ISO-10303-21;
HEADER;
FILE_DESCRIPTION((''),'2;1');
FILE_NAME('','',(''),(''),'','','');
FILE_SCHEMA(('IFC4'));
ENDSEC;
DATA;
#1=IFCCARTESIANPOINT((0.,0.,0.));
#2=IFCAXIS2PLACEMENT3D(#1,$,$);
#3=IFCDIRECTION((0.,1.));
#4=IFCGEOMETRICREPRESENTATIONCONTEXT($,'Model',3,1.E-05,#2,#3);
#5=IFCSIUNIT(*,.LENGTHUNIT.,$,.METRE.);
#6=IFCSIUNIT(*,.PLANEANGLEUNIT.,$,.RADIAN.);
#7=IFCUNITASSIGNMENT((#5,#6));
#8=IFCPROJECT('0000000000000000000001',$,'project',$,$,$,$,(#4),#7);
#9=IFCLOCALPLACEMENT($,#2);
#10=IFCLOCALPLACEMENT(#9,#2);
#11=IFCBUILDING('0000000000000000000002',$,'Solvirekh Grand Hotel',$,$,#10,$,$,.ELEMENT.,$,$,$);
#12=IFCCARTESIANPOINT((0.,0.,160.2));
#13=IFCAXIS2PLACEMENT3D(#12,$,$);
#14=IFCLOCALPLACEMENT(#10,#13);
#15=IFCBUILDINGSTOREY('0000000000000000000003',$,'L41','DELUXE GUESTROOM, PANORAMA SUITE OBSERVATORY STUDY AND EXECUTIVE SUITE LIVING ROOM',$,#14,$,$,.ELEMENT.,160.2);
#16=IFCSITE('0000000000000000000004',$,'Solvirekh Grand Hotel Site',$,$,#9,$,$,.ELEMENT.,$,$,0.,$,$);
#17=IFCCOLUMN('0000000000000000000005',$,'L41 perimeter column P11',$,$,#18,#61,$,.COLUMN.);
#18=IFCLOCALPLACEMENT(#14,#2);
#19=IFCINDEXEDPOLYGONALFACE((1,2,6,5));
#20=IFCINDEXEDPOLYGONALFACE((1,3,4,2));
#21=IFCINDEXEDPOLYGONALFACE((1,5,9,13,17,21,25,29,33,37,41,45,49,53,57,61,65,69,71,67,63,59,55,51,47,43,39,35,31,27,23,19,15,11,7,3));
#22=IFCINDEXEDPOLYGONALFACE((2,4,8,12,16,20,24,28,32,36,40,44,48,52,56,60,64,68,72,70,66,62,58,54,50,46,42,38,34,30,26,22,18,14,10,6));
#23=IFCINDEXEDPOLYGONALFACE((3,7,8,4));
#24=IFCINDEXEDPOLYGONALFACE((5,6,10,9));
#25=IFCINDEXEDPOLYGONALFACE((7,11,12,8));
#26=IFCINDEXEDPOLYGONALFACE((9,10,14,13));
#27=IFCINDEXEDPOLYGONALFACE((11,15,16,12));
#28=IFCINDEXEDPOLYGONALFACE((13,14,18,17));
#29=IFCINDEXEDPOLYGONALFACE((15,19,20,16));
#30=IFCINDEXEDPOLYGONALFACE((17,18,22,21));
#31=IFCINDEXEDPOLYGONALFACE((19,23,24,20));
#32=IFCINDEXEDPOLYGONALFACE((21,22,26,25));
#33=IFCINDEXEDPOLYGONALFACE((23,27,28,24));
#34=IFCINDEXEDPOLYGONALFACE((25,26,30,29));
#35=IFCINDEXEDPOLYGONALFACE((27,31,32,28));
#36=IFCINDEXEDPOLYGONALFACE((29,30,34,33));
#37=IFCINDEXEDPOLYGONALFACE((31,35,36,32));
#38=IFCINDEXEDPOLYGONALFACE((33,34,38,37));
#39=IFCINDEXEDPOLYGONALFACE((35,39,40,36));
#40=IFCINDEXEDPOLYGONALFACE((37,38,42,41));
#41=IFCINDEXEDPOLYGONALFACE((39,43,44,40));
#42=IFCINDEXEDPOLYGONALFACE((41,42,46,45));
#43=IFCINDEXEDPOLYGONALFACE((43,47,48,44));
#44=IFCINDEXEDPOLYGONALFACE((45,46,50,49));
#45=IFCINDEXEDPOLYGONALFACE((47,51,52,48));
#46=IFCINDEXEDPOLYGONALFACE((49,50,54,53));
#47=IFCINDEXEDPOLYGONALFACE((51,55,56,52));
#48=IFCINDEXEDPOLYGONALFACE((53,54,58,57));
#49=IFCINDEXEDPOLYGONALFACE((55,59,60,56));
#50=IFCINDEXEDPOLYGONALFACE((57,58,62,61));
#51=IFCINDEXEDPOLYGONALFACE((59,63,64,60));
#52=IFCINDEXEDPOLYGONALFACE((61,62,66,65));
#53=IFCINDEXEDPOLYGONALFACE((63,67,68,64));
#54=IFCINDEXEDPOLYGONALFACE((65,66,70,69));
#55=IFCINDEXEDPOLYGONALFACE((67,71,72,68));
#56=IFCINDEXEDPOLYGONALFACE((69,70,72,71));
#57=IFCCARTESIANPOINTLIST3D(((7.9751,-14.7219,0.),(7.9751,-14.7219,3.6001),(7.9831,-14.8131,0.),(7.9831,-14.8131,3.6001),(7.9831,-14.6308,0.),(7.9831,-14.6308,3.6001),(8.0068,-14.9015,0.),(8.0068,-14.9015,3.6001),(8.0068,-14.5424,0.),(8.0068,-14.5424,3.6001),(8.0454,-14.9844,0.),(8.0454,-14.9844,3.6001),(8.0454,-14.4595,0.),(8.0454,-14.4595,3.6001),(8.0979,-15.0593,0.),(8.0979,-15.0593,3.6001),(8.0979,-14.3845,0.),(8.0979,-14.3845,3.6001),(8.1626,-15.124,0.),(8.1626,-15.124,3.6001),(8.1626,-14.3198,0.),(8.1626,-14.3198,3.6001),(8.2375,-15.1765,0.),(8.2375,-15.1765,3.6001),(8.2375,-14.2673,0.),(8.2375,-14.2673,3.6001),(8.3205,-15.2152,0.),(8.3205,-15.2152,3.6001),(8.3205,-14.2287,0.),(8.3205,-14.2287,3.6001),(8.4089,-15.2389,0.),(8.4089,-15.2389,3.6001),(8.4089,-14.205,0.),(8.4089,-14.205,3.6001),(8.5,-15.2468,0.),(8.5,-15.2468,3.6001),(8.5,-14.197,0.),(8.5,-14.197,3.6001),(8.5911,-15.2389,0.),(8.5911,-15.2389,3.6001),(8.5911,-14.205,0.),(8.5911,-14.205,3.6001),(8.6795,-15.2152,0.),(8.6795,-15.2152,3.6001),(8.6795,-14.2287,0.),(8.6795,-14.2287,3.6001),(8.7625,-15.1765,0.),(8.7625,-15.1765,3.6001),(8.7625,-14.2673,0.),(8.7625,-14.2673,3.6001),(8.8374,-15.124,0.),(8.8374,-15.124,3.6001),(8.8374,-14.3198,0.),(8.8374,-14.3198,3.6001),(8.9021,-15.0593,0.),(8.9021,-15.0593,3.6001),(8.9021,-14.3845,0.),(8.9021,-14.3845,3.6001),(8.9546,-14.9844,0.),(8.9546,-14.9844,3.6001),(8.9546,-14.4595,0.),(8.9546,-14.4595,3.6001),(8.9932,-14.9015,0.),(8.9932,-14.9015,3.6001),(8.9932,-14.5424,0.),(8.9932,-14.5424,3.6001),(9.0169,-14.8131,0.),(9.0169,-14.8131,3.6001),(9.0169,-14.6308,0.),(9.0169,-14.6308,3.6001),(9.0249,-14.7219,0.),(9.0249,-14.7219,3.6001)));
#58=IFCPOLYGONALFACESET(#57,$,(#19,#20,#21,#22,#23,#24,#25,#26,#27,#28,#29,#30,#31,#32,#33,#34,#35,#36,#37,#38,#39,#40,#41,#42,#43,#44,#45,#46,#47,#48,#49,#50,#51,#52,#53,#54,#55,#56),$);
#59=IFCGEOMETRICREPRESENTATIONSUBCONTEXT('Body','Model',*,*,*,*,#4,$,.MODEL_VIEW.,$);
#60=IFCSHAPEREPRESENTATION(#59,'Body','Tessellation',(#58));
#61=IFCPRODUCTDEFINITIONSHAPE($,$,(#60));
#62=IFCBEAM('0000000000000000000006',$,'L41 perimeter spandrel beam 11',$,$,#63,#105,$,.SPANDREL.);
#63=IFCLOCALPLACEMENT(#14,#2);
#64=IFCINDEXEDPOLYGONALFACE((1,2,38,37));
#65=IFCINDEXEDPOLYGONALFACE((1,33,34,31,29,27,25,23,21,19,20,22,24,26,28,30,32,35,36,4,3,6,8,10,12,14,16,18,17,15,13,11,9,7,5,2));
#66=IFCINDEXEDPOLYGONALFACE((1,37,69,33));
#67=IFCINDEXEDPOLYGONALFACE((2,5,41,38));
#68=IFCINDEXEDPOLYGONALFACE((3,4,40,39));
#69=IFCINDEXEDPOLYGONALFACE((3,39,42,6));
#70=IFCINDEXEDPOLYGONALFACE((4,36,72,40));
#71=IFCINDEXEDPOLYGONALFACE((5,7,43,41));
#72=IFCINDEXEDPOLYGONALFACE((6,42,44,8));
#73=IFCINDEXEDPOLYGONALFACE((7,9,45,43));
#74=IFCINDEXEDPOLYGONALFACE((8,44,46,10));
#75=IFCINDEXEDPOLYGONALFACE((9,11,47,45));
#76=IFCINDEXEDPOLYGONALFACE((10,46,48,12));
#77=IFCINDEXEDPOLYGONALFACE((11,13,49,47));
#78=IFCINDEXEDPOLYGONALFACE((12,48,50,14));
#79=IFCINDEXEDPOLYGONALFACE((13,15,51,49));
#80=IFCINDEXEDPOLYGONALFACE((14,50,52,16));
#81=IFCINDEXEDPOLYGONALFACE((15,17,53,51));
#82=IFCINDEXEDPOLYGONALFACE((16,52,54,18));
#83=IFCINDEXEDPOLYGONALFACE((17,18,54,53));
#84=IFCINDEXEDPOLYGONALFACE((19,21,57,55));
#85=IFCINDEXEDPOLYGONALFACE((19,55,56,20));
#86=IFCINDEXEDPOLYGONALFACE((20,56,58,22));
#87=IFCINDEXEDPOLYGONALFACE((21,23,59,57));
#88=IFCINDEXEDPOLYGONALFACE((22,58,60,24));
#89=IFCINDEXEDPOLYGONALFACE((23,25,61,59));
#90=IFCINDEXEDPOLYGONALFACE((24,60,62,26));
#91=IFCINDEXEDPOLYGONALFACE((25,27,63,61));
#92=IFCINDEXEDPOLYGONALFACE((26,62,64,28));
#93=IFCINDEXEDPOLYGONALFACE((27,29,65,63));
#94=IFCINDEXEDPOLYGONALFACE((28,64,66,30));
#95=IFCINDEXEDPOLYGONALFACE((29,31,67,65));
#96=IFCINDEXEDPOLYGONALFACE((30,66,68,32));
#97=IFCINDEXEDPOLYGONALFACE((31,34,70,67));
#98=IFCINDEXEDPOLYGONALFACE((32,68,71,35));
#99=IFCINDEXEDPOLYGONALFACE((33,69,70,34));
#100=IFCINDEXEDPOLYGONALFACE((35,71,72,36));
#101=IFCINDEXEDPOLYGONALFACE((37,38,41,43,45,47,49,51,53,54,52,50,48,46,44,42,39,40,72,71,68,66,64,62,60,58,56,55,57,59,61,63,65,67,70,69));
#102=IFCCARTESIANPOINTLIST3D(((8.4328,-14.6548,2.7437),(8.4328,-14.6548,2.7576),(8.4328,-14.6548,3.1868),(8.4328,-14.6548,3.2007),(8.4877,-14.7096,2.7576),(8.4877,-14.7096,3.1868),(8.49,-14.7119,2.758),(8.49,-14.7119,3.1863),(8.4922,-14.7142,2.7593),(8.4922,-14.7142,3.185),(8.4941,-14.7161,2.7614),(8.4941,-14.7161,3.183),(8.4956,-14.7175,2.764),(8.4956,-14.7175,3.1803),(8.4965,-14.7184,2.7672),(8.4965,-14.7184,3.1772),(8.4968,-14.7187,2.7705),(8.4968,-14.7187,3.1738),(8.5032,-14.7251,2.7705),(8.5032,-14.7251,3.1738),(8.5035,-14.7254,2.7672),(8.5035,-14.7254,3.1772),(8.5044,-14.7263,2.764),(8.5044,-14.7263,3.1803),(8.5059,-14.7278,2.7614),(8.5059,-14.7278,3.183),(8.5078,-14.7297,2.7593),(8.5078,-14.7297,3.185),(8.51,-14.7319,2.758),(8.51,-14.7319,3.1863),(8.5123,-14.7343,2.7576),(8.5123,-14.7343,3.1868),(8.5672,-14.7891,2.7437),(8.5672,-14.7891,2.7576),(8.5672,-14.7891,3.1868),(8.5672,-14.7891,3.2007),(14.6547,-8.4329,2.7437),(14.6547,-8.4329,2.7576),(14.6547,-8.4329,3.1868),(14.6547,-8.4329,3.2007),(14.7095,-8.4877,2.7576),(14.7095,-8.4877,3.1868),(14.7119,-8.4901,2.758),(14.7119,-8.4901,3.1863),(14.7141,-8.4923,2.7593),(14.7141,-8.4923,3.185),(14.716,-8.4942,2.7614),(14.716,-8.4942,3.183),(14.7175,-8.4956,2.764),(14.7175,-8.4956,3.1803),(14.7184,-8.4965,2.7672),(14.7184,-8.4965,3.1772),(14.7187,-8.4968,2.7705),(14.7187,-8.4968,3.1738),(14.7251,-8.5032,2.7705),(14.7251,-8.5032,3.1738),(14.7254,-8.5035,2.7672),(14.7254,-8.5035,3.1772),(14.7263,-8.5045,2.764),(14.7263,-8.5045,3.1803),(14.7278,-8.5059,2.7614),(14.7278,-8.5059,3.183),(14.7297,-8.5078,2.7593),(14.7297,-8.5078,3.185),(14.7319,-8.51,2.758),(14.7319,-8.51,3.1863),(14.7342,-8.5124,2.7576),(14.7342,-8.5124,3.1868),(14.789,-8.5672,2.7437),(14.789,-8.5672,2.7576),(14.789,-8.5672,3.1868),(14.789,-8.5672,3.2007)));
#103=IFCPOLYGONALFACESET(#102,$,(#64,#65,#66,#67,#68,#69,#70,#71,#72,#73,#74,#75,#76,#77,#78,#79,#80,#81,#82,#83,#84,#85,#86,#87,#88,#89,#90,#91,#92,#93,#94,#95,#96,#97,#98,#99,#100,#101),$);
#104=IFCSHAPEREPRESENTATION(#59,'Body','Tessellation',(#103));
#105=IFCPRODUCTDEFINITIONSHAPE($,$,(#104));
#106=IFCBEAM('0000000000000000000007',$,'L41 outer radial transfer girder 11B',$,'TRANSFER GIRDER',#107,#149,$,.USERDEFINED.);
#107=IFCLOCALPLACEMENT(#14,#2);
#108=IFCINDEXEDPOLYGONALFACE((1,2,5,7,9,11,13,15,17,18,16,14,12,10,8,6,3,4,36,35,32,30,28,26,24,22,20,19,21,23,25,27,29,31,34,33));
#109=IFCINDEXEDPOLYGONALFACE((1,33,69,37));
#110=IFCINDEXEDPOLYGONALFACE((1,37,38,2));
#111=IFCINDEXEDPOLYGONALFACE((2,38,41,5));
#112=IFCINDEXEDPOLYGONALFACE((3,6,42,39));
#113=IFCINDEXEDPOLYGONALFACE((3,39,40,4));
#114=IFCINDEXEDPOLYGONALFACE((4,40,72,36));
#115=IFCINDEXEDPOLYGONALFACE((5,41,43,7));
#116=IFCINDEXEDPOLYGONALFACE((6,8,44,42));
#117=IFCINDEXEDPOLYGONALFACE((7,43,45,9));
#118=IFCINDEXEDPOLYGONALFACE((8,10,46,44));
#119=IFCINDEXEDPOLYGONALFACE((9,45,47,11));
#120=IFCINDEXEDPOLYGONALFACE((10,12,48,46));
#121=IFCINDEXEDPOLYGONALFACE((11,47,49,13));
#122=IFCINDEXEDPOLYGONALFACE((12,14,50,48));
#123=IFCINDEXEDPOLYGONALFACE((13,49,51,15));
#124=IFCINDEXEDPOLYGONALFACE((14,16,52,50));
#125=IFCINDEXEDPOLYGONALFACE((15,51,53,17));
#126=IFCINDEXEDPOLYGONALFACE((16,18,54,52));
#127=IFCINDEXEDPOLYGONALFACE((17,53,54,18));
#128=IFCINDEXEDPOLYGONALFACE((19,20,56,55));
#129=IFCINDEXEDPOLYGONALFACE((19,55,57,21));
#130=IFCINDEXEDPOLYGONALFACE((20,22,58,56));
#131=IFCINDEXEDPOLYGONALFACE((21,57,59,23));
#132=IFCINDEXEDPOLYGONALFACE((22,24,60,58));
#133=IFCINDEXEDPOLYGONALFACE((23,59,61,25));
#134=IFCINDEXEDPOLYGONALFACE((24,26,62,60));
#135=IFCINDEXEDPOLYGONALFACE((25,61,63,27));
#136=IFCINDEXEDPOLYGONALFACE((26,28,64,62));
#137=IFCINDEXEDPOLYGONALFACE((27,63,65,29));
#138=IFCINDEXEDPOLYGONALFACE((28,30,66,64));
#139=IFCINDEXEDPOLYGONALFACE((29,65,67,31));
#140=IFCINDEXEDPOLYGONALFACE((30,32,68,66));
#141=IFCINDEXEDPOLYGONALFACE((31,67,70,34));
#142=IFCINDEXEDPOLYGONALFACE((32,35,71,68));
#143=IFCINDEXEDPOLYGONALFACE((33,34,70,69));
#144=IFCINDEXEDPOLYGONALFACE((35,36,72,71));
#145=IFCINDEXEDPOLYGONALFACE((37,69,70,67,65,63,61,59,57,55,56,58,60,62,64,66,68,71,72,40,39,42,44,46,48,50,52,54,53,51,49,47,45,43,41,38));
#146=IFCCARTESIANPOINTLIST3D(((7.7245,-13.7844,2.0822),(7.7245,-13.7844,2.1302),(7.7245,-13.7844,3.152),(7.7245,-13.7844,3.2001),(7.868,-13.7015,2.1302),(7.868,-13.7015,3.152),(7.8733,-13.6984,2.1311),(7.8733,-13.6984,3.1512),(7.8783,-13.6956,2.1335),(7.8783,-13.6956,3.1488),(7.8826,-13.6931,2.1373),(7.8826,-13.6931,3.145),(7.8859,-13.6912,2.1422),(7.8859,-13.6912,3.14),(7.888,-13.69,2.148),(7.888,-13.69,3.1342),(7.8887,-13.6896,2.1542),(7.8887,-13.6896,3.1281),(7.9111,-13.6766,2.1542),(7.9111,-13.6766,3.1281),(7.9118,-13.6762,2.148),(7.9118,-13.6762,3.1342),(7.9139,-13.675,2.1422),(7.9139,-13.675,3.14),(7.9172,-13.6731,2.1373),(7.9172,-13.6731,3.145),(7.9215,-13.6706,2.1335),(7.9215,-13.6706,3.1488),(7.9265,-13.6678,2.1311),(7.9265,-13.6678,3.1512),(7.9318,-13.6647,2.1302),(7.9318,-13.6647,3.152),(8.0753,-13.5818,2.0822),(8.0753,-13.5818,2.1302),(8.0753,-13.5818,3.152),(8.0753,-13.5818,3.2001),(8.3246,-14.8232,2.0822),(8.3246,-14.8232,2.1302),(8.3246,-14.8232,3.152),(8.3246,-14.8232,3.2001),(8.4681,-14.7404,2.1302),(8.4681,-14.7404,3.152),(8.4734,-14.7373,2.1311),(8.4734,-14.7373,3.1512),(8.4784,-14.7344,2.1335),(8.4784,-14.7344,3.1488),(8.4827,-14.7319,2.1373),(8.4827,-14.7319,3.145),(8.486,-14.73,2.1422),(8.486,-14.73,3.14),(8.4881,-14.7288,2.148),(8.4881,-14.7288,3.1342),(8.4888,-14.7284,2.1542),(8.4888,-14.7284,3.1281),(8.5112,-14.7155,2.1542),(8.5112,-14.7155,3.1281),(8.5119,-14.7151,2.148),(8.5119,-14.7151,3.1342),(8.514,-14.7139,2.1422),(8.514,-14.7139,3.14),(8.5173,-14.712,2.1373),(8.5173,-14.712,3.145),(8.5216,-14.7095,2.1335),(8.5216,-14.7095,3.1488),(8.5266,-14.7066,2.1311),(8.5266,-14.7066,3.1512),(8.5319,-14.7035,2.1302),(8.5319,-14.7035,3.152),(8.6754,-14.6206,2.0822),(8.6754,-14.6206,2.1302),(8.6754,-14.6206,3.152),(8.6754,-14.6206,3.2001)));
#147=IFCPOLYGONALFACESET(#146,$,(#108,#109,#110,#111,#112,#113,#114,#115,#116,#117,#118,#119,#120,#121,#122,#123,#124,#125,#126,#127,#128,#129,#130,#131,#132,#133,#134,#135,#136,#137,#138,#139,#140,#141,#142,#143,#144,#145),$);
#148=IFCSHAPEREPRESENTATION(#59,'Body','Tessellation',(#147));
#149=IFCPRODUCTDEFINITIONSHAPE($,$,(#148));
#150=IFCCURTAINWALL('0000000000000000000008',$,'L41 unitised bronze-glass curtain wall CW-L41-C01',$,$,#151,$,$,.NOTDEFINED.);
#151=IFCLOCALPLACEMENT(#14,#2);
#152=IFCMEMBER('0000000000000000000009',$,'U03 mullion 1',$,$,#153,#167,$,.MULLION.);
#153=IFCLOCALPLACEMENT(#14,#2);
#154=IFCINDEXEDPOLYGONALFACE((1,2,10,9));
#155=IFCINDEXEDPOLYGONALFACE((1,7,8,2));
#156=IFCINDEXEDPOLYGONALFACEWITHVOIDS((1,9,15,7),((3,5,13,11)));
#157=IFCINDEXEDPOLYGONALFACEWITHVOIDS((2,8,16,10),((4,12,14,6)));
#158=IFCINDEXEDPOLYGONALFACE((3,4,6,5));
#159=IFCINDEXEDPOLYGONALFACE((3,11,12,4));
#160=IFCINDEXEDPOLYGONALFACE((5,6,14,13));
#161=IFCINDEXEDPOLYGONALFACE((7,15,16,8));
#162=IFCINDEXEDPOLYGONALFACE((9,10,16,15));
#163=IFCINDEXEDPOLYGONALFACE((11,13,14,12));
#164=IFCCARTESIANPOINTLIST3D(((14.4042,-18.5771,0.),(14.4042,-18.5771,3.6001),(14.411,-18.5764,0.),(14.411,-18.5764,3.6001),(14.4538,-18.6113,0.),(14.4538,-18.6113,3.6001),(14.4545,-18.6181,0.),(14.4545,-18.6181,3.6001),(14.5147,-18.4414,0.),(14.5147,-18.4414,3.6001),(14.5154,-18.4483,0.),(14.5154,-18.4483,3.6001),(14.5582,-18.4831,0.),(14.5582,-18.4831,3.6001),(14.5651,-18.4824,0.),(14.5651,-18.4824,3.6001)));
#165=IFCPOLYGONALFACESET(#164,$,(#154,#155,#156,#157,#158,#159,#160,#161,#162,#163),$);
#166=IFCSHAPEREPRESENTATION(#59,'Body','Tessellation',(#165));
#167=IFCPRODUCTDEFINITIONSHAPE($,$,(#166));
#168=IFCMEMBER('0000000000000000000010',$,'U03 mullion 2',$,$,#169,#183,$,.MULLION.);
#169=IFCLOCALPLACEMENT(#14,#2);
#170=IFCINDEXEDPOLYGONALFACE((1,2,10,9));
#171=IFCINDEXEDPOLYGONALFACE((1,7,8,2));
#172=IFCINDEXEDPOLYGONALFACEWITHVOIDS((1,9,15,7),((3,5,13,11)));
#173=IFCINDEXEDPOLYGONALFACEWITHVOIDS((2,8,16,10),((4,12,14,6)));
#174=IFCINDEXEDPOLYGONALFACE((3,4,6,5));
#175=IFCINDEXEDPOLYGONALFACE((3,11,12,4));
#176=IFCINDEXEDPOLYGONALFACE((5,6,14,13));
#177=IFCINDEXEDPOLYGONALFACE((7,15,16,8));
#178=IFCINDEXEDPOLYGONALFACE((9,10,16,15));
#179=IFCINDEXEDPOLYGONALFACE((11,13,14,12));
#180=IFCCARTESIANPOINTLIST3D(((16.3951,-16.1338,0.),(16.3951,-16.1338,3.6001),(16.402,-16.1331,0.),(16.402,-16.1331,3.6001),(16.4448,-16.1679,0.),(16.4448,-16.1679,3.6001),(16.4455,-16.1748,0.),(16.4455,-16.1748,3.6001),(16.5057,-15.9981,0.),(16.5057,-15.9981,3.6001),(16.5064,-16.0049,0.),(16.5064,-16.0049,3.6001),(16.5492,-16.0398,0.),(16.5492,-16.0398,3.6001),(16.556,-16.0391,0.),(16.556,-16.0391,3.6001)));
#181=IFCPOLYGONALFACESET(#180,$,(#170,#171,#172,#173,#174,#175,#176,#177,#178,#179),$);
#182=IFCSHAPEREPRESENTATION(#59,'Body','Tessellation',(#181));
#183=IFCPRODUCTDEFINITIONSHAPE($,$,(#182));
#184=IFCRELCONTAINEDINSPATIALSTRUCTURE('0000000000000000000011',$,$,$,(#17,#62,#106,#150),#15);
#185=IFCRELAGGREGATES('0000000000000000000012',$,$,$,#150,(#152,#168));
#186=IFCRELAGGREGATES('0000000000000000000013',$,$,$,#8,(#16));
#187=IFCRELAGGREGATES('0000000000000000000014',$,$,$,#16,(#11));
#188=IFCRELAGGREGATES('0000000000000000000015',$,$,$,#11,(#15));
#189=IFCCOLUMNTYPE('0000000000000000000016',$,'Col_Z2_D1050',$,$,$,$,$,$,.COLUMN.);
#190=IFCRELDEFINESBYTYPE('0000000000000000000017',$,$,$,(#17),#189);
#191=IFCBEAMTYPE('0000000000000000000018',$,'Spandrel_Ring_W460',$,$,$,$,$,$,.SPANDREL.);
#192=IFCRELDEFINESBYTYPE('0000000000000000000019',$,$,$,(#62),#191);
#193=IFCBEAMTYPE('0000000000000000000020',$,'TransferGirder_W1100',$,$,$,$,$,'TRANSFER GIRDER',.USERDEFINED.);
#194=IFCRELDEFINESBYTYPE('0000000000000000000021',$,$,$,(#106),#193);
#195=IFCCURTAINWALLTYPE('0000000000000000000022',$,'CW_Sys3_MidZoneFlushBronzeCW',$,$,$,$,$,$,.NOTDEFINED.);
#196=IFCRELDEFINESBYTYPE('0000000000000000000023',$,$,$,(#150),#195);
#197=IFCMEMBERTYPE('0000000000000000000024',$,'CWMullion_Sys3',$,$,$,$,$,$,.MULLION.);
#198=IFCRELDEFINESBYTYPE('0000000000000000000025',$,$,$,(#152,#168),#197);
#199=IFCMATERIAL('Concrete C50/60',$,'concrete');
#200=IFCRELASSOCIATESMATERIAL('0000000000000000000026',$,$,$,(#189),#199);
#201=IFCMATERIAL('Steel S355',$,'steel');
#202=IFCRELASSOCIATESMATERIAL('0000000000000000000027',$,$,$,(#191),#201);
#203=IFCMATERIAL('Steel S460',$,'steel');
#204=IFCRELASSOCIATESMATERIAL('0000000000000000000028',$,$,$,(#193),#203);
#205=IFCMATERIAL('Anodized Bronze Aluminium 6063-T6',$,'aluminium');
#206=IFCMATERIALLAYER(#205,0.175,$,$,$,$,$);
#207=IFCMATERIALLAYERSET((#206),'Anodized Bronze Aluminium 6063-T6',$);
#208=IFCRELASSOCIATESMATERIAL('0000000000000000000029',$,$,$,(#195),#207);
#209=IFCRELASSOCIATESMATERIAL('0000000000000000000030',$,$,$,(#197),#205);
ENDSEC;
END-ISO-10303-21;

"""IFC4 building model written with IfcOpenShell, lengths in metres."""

from ifc_helpers import new_model, si_unit, direction, frame, origin, origin_2d, place, context, subcontext, project, spatial, hollow_rectangle, circle, i_section, extrude, source, transform, mapped, material, layer, layer_set, material_profile, profile_set, type_object, element, aggregate, save


model = new_model("IFC4")

# Units and contexts
model_context = context("Model", 3, precision=1e-05, world=origin(), true_north=direction((0.0, 1.0)))
body_context = subcontext(model_context, "Body", "Model", "MODEL_VIEW")
ifc_project = project(units=[si_unit("LENGTHUNIT", "METRE"), si_unit("PLANEANGLEUNIT", "RADIAN")], contexts=[model_context])

# Site, building, storey
site_placement = place(None, origin())
site = spatial("IfcSite", under=ifc_project, at=site_placement, Name="Solvirekh Grand Hotel Site", CompositionType="ELEMENT", RefElevation=0.0)
building_placement = place(site_placement, origin())
building = spatial("IfcBuilding", under=site, at=building_placement, Name="Solvirekh Grand Hotel", CompositionType="ELEMENT")
storey_placement = place(building_placement, frame((0.0, 0.0, 160.2)))
storey = spatial("IfcBuildingStorey", under=building, at=storey_placement, Name="L41", Description="DELUXE GUESTROOM, PANORAMA SUITE OBSERVATORY STUDY AND EXECUTIVE SUITE LIVING ROOM", CompositionType="ELEMENT", Elevation=160.2)

# Column
ifc_material_1 = material(Name="Concrete C50/60", Category="concrete")
ifc_material_profile_1 = material_profile(ifc_material_1, circle(Radius=0.5249, at=origin_2d()), Name="RC CIRC D1050")
ifc_profile_set_1 = profile_set([ifc_material_profile_1], Name="Concrete C50/60")
column_type = type_object("IfcColumnType", Name="Col_Z2_D1050", PredefinedType="COLUMN", material=ifc_profile_set_1)
column_placement = place(storey_placement, frame((8.5, -14.7219, 0.0), z_axis=(0.0, 0.0, 1.0), x_axis=(1.0, 0.0, 0.0)))
element("IfcColumn", 1, at=column_placement, inside=storey, type_object=column_type, Name="L41 perimeter column P11", PredefinedType="COLUMN", context=body_context, shape_type="SweptSolid", body=[
    extrude(circle(Radius=0.5249, at=origin_2d()), origin(), (0.0, 0.0, 1.0), 3.6001),
])

# Beams
ifc_material_2 = material(Name="Steel S355", Category="steel")
ifc_material_profile_2 = material_profile(ifc_material_2, i_section(OverallWidth=0.1899, OverallDepth=0.457, WebThickness=0.009, FlangeThickness=0.0139, FilletRadius=0.0129, at=origin_2d()), Name="W460X74")
ifc_profile_set_2 = profile_set([ifc_material_profile_2], Name="Steel S355")
beam_type_1 = type_object("IfcBeamType", Name="Spandrel_Ring_W460", PredefinedType="SPANDREL", material=ifc_profile_set_2)
beam_1_placement = place(storey_placement, frame((8.5, -14.7219, 2.9722), z_axis=(0.707107, 0.707107, 0.0), x_axis=(-0.707107, 0.707107, 0.0)))
element("IfcBeam", 2, at=beam_1_placement, inside=storey, type_object=beam_type_1, Name="L41 perimeter spandrel beam 11", PredefinedType="SPANDREL", context=body_context, shape_type="SweptSolid", body=[
    extrude(i_section(OverallWidth=0.1899, OverallDepth=0.457, WebThickness=0.009, FlangeThickness=0.0139, FilletRadius=0.0129, at=origin_2d()), origin(), (0.0, 0.0, 1.0), 8.7991),
])
ifc_material_3 = material(Name="Steel S460", Category="steel")
ifc_material_profile_3 = material_profile(ifc_material_3, i_section(OverallWidth=0.405, OverallDepth=1.1179, WebThickness=0.0259, FlangeThickness=0.0481, FilletRadius=0.0239, at=origin_2d()), Name="W1100X499")
ifc_profile_set_3 = profile_set([ifc_material_profile_3], Name="Steel S460")
beam_type_2 = type_object("IfcBeamType", Name="TransferGirder_W1100", ElementType="TRANSFER GIRDER", PredefinedType="USERDEFINED", material=ifc_profile_set_3)
beam_2_placement = place(storey_placement, frame((7.8999, -13.6831, 2.6411), z_axis=(0.50021, -0.865904, 0.0), x_axis=(0.865904, 0.50021, 0.0)))
element("IfcBeam", 3, at=beam_2_placement, inside=storey, type_object=beam_type_2, Name="L41 outer radial transfer girder 11B", ObjectType="TRANSFER GIRDER", PredefinedType="USERDEFINED", context=body_context, shape_type="SweptSolid", body=[
    extrude(i_section(OverallWidth=0.405, OverallDepth=1.1179, WebThickness=0.0259, FlangeThickness=0.0481, FilletRadius=0.0239, at=origin_2d()), origin(), (0.0, 0.0, 1.0), 1.1997),
])

# Curtain wall, members
ifc_material_4 = material(Name="Anodized Bronze Aluminium 6063-T6", Category="aluminium")
ifc_layer_1 = layer(ifc_material_4, 0.175)
ifc_layer_set_1 = layer_set([ifc_layer_1], Name="Anodized Bronze Aluminium 6063-T6")
curtain_wall_type = type_object("IfcCurtainWallType", Name="CW_Sys3_MidZoneFlushBronzeCW", PredefinedType="NOTDEFINED", material=ifc_layer_set_1)
curtain_wall_placement = place(storey_placement, origin())
curtain_wall = element("IfcCurtainWall", 4, at=curtain_wall_placement, inside=storey, type_object=curtain_wall_type, Name="L41 unitised bronze-glass curtain wall CW-L41-C01", PredefinedType="NOTDEFINED")
ifc_material_profile_4 = material_profile(ifc_material_4, hollow_rectangle(XDim=0.0649, YDim=0.175, WallThickness=0.0049, at=origin_2d()), Name="ALU RHS 175X65X5")
ifc_profile_set_4 = profile_set([ifc_material_profile_4], Name="Anodized Bronze Aluminium 6063-T6")
member_type_1 = type_object("IfcMemberType", Name="CWMullion_Sys3", PredefinedType="MULLION", material=ifc_profile_set_4)
shared_shape_1 = source(origin(), body_context, "Body", "SweptSolid", [
    extrude(hollow_rectangle(XDim=0.0649, YDim=0.175, WallThickness=0.0049, at=origin_2d()), origin(), (0.0, 0.0, 1.0), 3.6001),
])
member_1_placement = place(storey_placement, frame((14.4846, -18.5298, 0.0), z_axis=(0.0, 0.0, 1.0), x_axis=(-0.775215, 0.631697, 0.0)))
member_1 = element("IfcMember", 5, at=member_1_placement, type_object=member_type_1, Name="U03 mullion 1", PredefinedType="MULLION", context=body_context, shape_type="MappedRepresentation", body=[
    mapped(shared_shape_1, transform((0.0, 0.0, 0.0), x_axis=(1.0, 0.0, 0.0), y_axis=(0.0, 1.0, 0.0), z_axis=(0.0, 0.0, 1.0), scale=1.0)),
])
member_2_placement = place(storey_placement, frame((16.4756, -16.0864, 0.0), z_axis=(0.0, 0.0, 1.0), x_axis=(-0.775215, 0.631697, 0.0)))
member_2 = element("IfcMember", 6, at=member_2_placement, type_object=member_type_1, Name="U03 mullion 2", PredefinedType="MULLION", context=body_context, shape_type="MappedRepresentation", body=[
    mapped(shared_shape_1, transform((0.0, 0.0, 0.0), x_axis=(1.0, 0.0, 0.0), y_axis=(0.0, 1.0, 0.0), z_axis=(0.0, 0.0, 1.0), scale=1.0)),
])
aggregate(curtain_wall, [member_1, member_2])

save(model, "model.ifc")
